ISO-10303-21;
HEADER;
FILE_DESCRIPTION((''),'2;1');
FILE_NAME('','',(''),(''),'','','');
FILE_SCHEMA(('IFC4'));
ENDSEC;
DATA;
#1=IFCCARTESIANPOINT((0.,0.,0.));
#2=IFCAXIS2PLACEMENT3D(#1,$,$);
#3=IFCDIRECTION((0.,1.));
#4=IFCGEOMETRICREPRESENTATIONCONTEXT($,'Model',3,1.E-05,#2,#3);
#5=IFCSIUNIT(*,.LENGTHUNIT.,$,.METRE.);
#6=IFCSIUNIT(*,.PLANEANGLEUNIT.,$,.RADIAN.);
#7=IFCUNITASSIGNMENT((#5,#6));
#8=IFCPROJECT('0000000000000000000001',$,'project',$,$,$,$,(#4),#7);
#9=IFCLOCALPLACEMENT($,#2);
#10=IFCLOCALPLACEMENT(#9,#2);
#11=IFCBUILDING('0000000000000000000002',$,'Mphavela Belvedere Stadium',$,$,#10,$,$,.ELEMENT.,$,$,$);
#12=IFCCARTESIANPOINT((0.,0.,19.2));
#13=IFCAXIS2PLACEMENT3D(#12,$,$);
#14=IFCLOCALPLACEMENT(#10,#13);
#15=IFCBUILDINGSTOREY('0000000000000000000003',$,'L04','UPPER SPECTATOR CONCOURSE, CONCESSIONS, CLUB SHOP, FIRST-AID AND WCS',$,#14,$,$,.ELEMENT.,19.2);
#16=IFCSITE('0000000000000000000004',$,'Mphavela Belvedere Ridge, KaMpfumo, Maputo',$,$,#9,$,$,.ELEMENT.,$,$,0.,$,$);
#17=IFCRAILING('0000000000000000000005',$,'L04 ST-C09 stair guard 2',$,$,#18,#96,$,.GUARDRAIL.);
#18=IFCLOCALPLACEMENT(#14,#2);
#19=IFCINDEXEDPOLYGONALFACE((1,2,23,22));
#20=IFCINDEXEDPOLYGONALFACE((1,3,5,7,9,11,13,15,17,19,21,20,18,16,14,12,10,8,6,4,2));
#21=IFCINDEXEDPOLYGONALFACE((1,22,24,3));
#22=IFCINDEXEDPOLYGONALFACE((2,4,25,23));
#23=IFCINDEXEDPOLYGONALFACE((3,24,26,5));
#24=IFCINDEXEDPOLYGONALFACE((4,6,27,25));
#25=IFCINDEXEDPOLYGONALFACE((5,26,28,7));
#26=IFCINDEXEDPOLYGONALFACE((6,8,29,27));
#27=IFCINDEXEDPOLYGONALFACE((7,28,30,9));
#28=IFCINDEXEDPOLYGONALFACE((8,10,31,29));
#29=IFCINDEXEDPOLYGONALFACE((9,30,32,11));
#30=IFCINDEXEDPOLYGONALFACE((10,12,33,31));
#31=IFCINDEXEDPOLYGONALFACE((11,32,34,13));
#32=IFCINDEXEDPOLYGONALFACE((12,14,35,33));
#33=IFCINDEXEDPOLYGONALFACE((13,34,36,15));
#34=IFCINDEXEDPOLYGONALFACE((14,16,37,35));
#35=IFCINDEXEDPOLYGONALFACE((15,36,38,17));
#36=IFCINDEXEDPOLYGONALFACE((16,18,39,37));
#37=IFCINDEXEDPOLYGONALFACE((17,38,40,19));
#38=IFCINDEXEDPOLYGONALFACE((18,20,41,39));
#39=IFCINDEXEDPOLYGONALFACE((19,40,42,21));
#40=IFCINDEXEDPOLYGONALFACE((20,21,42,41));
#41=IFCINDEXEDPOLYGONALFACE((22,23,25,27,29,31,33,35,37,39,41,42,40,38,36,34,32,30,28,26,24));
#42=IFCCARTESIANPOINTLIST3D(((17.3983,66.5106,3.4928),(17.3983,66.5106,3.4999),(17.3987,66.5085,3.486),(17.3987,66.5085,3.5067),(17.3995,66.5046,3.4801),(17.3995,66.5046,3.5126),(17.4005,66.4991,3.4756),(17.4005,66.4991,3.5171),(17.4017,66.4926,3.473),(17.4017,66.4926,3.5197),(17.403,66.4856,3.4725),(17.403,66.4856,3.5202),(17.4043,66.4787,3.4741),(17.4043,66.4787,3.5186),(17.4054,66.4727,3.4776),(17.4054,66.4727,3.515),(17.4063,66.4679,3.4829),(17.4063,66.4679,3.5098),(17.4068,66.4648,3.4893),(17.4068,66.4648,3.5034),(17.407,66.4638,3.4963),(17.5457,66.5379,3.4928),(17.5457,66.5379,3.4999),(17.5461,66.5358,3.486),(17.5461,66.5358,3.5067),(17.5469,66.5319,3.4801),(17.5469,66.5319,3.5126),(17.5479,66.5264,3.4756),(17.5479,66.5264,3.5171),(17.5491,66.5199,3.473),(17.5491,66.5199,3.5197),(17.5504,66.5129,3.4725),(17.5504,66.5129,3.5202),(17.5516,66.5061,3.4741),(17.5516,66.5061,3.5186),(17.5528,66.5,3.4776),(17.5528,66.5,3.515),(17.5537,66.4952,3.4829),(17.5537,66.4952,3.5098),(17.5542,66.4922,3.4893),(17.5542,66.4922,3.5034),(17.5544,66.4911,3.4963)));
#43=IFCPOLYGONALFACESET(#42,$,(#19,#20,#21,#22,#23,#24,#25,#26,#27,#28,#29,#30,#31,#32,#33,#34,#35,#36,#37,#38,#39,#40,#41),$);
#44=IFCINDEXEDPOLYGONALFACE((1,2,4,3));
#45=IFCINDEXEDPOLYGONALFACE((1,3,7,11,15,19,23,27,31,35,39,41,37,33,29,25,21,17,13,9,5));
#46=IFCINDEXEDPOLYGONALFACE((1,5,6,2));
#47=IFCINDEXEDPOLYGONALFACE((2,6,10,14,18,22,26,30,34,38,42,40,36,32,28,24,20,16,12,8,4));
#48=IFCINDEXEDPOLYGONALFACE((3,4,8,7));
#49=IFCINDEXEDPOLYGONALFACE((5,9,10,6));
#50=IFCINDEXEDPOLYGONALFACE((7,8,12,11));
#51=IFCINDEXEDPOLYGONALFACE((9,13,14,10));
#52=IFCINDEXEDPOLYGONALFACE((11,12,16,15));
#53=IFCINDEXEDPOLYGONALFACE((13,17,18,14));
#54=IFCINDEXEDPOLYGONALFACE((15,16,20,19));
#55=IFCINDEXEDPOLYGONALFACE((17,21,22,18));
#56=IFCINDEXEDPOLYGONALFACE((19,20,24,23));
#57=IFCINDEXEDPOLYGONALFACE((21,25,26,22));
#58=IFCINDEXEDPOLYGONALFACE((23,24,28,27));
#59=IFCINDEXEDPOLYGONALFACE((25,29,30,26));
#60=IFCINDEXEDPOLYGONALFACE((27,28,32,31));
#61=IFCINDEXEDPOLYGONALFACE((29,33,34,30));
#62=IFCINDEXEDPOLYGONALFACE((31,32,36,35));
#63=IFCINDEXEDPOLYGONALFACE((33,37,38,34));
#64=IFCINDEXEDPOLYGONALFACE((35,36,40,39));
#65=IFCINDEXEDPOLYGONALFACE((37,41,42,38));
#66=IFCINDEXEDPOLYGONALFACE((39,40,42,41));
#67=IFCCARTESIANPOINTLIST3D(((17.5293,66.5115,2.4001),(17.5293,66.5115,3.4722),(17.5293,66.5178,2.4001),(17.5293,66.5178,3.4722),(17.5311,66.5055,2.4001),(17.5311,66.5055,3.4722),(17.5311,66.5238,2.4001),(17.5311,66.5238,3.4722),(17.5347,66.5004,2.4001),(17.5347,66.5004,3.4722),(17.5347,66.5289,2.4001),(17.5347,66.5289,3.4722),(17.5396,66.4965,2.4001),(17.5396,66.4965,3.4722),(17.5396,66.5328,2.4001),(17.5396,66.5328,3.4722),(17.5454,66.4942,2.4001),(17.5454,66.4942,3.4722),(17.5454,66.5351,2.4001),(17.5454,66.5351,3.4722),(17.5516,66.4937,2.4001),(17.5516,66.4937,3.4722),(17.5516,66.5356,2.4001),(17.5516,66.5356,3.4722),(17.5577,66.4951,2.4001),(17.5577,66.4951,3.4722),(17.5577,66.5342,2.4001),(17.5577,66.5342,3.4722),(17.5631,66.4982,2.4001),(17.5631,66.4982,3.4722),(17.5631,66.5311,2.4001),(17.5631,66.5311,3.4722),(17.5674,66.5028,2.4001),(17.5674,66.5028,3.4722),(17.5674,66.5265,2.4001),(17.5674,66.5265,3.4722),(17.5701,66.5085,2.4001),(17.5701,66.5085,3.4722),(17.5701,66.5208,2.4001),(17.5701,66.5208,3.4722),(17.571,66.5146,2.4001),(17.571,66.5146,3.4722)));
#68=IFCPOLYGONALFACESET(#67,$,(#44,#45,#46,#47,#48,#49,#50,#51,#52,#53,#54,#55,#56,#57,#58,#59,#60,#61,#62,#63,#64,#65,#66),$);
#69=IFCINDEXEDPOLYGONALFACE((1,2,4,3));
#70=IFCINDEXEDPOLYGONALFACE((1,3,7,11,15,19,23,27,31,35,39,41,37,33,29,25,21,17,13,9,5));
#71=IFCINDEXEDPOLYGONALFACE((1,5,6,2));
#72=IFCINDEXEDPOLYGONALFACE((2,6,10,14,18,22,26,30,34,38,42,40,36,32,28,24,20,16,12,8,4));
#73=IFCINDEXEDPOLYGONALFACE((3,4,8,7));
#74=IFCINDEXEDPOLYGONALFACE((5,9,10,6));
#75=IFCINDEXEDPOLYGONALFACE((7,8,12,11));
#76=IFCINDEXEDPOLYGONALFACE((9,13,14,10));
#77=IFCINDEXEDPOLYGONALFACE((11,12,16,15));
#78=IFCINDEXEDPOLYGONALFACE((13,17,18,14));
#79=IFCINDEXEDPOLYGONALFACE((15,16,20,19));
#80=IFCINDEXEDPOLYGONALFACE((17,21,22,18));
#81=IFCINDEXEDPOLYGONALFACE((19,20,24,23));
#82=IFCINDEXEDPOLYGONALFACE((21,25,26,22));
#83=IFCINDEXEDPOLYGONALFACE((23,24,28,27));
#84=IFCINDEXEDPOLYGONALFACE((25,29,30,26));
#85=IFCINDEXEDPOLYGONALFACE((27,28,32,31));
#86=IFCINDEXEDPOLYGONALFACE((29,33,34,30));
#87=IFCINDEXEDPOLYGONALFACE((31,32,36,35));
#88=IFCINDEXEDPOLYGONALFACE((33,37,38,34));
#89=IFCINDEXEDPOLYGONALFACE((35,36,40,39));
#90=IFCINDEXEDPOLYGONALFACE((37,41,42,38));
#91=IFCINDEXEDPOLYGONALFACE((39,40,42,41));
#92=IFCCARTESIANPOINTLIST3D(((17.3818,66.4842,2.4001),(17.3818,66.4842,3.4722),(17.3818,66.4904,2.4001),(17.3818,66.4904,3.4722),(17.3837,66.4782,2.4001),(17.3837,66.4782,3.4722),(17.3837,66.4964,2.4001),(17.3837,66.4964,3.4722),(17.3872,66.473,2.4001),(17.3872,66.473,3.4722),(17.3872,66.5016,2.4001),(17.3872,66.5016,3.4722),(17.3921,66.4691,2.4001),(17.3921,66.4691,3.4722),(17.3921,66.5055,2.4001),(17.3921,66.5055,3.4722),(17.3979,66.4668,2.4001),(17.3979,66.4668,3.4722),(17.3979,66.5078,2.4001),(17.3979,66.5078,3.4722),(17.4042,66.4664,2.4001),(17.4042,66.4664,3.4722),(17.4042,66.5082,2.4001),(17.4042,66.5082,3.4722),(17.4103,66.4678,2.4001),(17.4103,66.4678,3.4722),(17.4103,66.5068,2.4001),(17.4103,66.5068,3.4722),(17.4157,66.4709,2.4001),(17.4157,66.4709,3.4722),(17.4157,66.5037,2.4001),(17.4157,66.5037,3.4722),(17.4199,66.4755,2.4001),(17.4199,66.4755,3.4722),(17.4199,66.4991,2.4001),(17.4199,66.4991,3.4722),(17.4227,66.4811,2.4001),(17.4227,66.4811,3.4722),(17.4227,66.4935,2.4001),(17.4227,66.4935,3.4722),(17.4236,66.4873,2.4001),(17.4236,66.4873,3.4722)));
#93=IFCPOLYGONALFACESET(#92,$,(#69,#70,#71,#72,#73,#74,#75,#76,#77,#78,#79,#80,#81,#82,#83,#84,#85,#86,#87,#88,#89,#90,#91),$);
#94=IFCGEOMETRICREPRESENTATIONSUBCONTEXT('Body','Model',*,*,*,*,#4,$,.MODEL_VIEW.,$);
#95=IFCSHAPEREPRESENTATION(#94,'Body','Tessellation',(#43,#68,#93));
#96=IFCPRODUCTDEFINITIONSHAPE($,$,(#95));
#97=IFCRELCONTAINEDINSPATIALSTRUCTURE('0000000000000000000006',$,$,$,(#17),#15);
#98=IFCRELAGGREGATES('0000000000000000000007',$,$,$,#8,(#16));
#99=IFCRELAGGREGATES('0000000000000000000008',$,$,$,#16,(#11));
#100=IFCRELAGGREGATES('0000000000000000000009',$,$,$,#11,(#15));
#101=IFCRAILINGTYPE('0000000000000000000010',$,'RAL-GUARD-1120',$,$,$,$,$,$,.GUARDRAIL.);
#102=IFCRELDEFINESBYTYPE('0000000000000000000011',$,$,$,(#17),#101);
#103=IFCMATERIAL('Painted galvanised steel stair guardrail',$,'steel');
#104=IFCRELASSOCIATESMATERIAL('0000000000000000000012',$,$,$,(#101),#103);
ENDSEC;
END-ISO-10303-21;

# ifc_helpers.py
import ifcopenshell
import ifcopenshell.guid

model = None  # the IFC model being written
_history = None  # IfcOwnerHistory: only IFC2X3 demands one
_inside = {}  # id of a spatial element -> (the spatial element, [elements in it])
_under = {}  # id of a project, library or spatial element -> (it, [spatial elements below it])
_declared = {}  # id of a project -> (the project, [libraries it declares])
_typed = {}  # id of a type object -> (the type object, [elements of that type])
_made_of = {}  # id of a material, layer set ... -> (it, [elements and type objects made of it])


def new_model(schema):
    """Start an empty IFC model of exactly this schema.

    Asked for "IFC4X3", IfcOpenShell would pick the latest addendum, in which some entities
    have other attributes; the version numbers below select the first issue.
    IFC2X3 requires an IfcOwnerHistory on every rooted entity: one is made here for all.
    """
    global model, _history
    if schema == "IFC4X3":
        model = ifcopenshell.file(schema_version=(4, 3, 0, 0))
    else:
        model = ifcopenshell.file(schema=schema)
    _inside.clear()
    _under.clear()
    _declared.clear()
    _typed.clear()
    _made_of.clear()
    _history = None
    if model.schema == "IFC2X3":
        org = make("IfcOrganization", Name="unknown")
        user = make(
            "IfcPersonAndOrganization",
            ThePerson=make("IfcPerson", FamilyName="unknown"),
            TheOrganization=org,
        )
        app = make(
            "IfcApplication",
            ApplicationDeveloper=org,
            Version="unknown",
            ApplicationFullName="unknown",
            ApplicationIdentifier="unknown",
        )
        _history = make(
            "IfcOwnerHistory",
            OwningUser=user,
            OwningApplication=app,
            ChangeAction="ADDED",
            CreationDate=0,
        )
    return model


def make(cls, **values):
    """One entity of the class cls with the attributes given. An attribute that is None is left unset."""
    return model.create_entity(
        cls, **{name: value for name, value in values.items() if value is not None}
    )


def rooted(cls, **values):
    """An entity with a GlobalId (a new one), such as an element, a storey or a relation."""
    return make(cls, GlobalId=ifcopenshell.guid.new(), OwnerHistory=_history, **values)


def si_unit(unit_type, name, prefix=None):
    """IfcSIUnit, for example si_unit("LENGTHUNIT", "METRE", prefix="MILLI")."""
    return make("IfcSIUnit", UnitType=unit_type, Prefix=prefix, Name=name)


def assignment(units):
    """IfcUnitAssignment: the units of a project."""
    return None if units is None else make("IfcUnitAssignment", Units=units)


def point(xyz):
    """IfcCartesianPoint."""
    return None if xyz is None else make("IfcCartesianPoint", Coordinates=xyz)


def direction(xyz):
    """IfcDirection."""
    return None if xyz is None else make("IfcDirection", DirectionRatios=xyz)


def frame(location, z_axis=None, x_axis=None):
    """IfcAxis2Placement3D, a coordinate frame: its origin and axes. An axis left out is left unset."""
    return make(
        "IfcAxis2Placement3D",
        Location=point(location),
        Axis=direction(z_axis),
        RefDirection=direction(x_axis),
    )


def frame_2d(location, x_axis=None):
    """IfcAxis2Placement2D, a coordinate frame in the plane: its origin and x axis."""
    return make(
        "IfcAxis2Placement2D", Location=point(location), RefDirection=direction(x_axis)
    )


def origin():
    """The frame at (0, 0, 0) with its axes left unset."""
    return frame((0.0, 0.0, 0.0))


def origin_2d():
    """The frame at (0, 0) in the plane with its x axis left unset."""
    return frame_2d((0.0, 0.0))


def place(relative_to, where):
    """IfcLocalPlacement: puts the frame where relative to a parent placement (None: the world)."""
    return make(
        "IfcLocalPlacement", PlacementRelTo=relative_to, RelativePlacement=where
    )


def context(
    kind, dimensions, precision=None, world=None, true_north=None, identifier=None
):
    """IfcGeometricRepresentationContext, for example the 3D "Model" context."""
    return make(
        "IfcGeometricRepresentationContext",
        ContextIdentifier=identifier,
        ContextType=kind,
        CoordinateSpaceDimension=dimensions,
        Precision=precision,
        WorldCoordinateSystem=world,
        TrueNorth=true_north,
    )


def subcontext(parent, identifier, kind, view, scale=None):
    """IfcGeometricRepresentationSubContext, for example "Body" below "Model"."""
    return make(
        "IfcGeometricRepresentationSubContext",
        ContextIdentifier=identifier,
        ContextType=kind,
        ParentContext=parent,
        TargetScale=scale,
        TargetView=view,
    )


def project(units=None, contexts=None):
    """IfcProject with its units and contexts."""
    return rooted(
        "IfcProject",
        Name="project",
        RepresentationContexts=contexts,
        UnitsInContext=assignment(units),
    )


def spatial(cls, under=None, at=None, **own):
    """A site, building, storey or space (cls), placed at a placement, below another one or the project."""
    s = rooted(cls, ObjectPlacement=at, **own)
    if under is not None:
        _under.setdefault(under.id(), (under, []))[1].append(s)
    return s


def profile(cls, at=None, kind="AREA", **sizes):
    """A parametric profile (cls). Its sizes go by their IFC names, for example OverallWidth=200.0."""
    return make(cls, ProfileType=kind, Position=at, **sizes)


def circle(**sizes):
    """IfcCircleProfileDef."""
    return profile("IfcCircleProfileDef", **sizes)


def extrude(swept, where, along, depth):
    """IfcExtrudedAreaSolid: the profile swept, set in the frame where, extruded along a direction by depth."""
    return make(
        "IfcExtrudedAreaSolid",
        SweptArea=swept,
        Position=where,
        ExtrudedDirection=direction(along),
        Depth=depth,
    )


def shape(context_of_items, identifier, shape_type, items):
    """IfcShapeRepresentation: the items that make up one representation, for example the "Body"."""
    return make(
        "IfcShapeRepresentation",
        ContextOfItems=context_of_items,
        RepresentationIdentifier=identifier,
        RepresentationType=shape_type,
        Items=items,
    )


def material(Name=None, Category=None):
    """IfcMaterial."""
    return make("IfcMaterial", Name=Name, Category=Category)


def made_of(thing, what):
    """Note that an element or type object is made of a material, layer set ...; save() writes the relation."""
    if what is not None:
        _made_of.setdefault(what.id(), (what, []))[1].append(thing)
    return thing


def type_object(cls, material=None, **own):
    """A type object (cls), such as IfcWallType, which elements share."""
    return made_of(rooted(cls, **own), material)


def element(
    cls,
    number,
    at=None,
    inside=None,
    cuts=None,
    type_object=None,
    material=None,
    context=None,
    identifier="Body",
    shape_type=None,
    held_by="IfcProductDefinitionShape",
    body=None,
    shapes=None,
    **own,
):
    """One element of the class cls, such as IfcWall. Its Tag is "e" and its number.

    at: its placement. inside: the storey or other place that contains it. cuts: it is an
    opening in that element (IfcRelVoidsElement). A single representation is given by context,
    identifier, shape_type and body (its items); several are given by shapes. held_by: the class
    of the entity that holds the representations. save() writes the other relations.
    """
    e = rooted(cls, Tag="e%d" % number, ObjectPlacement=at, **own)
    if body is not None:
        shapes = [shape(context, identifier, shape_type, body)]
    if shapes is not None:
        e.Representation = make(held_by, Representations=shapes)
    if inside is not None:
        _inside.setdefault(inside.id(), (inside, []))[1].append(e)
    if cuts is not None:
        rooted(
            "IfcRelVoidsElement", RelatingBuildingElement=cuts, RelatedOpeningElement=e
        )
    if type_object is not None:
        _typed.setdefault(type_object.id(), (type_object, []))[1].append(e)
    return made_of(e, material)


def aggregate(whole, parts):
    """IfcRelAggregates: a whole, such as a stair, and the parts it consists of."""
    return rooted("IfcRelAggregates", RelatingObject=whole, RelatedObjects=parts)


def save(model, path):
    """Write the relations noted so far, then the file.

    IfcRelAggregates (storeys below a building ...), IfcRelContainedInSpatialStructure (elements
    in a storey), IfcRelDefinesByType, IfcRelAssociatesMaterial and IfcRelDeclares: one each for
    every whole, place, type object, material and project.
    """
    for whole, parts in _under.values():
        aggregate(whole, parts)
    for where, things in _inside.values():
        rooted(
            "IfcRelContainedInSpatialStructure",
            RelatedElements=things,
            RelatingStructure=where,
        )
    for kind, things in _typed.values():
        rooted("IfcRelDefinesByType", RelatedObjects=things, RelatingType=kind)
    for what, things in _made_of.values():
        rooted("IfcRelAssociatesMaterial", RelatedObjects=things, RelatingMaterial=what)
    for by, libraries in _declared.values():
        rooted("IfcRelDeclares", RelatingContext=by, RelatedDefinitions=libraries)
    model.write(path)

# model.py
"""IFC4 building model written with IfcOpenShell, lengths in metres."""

from ifc_helpers import new_model, si_unit, direction, frame, origin, origin_2d, place, context, subcontext, project, spatial, circle, extrude, material, type_object, element, save


model = new_model("IFC4")

# Units and contexts
model_context = context("Model", 3, precision=1e-05, world=origin(), true_north=direction((0.0, 1.0)))
body_context = subcontext(model_context, "Body", "Model", "MODEL_VIEW")
ifc_project = project(units=[si_unit("LENGTHUNIT", "METRE"), si_unit("PLANEANGLEUNIT", "RADIAN")], contexts=[model_context])

# Site, building, storey
site_placement = place(None, origin())
site = spatial("IfcSite", under=ifc_project, at=site_placement, Name="Mphavela Belvedere Ridge, KaMpfumo, Maputo", CompositionType="ELEMENT", RefElevation=0.0)
building_placement = place(site_placement, origin())
building = spatial("IfcBuilding", under=site, at=building_placement, Name="Mphavela Belvedere Stadium", CompositionType="ELEMENT")
storey_placement = place(building_placement, frame((0.0, 0.0, 19.2)))
storey = spatial("IfcBuildingStorey", under=building, at=storey_placement, Name="L04", Description="UPPER SPECTATOR CONCOURSE, CONCESSIONS, CLUB SHOP, FIRST-AID AND WCS", CompositionType="ELEMENT", Elevation=19.2)

# Railing
ifc_material_1 = material(Name="Painted galvanised steel stair guardrail", Category="steel")
railing_type_1 = type_object("IfcRailingType", Name="RAL-GUARD-1120", PredefinedType="GUARDRAIL", material=ifc_material_1)
railing_1_placement = place(storey_placement, frame((17.55, 66.5146, 2.4001)))
element("IfcRailing", 1, at=railing_1_placement, inside=storey, type_object=railing_type_1, Name="L04 ST-C09 stair guard 2", PredefinedType="GUARDRAIL", context=body_context, shape_type="SweptSolid", body=[
    extrude(circle(Radius=0.0239, at=origin_2d()), frame((0.0, 0.0, 1.0962), z_axis=(-0.983239, -0.182322, 0.0), x_axis=(0.182322, -0.983239, 0.0)), (0.0, 0.0, 1.0), 0.1499),
    extrude(circle(Radius=0.021, at=origin_2d()), origin(), (0.0, 0.0, 1.0), 1.072),
    extrude(circle(Radius=0.021, at=origin_2d()), frame((-0.1475, -0.0273, 0.0)), (0.0, 0.0, 1.0), 1.072),
])

save(model, "model.ifc")
